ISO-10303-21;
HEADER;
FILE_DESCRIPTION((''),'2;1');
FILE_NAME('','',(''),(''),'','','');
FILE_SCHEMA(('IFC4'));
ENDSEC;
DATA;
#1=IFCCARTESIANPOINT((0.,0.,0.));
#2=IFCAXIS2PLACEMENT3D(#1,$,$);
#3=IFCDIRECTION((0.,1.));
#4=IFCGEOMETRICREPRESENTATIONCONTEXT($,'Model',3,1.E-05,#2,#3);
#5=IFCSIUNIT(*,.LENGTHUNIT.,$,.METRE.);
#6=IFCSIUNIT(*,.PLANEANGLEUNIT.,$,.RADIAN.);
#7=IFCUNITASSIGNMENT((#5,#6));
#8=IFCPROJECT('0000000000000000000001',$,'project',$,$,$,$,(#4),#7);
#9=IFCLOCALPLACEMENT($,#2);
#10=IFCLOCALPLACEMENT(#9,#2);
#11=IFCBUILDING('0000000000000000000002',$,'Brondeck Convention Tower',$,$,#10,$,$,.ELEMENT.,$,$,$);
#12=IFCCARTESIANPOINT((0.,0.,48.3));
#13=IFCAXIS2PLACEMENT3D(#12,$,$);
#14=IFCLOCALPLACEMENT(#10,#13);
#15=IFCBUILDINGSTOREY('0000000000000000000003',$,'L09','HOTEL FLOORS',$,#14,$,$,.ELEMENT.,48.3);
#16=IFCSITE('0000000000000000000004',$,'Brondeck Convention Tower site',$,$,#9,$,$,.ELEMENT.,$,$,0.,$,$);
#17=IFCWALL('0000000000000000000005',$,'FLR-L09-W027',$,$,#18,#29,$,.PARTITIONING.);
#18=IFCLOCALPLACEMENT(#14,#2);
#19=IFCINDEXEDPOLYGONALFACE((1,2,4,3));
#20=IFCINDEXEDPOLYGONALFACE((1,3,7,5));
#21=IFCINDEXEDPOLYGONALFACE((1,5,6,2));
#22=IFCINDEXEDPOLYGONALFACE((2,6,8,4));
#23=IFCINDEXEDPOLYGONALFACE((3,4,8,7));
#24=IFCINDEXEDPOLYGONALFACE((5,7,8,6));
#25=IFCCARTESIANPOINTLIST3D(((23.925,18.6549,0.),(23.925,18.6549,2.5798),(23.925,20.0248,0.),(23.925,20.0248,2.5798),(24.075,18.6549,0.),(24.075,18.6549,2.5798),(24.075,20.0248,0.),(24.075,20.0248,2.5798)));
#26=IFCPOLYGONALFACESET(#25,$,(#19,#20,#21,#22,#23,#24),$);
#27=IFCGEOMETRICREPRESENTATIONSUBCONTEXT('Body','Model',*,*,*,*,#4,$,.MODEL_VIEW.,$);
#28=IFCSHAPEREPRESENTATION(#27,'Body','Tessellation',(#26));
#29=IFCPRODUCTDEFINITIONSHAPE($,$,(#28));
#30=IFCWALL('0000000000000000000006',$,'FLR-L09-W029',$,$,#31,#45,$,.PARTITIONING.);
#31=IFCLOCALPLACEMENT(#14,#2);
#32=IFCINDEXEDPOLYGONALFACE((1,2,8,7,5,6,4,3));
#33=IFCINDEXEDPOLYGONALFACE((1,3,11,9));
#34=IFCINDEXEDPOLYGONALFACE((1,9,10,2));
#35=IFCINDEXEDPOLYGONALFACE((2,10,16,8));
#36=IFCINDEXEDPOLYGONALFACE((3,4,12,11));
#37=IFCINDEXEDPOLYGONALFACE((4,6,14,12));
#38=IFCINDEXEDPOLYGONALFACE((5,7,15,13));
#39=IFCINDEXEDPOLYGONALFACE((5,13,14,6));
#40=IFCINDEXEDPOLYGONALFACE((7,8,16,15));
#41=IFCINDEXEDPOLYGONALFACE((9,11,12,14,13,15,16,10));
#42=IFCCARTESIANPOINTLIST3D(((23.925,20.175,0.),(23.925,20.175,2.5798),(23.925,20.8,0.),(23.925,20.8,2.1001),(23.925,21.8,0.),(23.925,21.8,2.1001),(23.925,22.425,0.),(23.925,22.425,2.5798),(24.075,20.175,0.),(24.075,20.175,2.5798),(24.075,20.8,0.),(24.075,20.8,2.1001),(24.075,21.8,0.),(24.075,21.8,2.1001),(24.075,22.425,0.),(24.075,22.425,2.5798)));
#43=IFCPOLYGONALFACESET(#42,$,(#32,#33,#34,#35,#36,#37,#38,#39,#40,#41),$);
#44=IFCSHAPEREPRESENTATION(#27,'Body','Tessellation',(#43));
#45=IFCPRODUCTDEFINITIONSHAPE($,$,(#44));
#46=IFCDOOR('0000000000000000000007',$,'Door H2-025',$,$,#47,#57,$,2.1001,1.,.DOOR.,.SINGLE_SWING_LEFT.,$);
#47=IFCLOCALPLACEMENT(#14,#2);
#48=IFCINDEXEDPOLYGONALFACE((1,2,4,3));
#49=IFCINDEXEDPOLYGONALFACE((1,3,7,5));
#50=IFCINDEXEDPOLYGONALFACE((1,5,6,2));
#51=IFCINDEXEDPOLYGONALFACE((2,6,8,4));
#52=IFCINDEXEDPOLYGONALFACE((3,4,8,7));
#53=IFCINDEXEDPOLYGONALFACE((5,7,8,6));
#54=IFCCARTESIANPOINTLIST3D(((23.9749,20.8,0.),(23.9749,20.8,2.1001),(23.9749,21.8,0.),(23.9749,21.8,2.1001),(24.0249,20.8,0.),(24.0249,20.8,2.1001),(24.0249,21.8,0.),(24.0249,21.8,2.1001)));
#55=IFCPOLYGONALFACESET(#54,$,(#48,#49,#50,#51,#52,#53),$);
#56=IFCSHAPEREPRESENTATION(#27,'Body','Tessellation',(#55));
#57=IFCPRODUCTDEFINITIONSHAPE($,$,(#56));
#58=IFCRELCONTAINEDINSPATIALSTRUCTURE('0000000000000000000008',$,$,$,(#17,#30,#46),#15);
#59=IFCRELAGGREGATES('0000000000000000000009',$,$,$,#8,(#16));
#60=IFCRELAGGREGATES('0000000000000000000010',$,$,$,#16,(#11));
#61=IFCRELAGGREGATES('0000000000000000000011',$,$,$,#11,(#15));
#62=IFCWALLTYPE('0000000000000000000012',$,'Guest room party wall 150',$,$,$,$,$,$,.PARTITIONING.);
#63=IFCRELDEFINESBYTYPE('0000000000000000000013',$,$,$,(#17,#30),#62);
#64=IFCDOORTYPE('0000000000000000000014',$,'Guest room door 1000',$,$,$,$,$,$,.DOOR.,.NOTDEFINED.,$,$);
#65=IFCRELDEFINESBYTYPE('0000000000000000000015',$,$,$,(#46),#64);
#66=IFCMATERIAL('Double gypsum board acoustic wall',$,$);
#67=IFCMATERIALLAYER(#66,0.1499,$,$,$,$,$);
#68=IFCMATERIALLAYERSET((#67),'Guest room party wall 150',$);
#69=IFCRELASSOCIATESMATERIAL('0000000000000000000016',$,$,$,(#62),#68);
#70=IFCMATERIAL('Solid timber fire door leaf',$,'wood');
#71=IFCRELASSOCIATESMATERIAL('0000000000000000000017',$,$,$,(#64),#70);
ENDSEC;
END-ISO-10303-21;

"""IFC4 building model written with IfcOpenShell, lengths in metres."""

from ifc_helpers import new_model, si_unit, direction, frame, frame_2d, origin, place, context, subcontext, project, spatial, rectangle, extrude, material, layer, layer_set, type_object, element, fill, save


model = new_model("IFC4")

# Units and contexts
model_context = context("Model", 3, precision=1e-05, world=origin(), true_north=direction((0.0, 1.0)))
body_context = subcontext(model_context, "Body", "Model", "MODEL_VIEW")
ifc_project = project(units=[si_unit("LENGTHUNIT", "METRE"), si_unit("PLANEANGLEUNIT", "RADIAN")], contexts=[model_context])

# Site, building, storey
site_placement = place(None, origin())
site = spatial("IfcSite", under=ifc_project, at=site_placement, Name="Brondeck Convention Tower site", CompositionType="ELEMENT", RefElevation=0.0)
building_placement = place(site_placement, origin())
building = spatial("IfcBuilding", under=site, at=building_placement, Name="Brondeck Convention Tower", CompositionType="ELEMENT")
storey_placement = place(building_placement, frame((0.0, 0.0, 48.3)))
storey = spatial("IfcBuildingStorey", under=building, at=storey_placement, Name="L09", Description="HOTEL FLOORS", CompositionType="ELEMENT", Elevation=48.3)

# Shared definitions
ifc_material_1 = material(Name="Double gypsum board acoustic wall")
ifc_layer_1 = layer(ifc_material_1, 0.1499)
ifc_layer_set_1 = layer_set([ifc_layer_1], Name="Guest room party wall 150")
wall_type_1 = type_object("IfcWallType", Name="Guest room party wall 150", PredefinedType="PARTITIONING", material=ifc_layer_set_1)
ifc_material_2 = material(Name="Solid timber fire door leaf", Category="wood")
door_type_1 = type_object("IfcDoorType", Name="Guest room door 1000", OperationType="NOTDEFINED", PredefinedType="DOOR", material=ifc_material_2)

# Wall
wall_1_placement = place(storey_placement, frame((24.0, 20.0249, 0.0), z_axis=(0.0, 0.0, 1.0), x_axis=(0.0, -1.0, 0.0)))
element("IfcWall", 1, at=wall_1_placement, inside=storey, type_object=wall_type_1, Name="FLR-L09-W027", PredefinedType="PARTITIONING", context=body_context, shape_type="SweptSolid", body=[
    extrude(rectangle(XDim=1.3699, YDim=0.1499, at=frame_2d((0.6851, 0.0))), origin(), (0.0, 0.0, 1.0), 2.5798),
])

# Wall, opening, door
wall_2_placement = place(storey_placement, frame((24.0, 22.425, 0.0), z_axis=(0.0, 0.0, 1.0), x_axis=(0.0, -1.0, 0.0)))
wall_2 = element("IfcWall", 2, at=wall_2_placement, inside=storey, type_object=wall_type_1, Name="FLR-L09-W029", PredefinedType="PARTITIONING", context=body_context, shape_type="SweptSolid", body=[
    extrude(rectangle(XDim=2.25, YDim=0.1499, at=frame_2d((1.125, 0.0))), origin(), (0.0, 0.0, 1.0), 2.5798),
])
opening_1_placement = place(wall_2_placement, frame((0.625, 0.0, 0.0)))
opening_1 = element("IfcOpeningElement", 3, at=opening_1_placement, cuts=wall_2, PredefinedType="OPENING", context=body_context, shape_type="SweptSolid", body=[
    extrude(rectangle(XDim=1.0, YDim=2.1001, at=frame_2d((0.5, 1.05))), frame((0.0, 0.085, 0.0), z_axis=(0.0, -1.0, 0.0), x_axis=(1.0, 0.0, 0.0)), (0.0, 0.0, 1.0), 0.1699),
])
door_1_placement = place(opening_1_placement, origin())
door_1 = element("IfcDoor", 4, at=door_1_placement, inside=storey, type_object=door_type_1, Name="Door H2-025", OperationType="SINGLE_SWING_LEFT", OverallHeight=2.1001, OverallWidth=1.0, PredefinedType="DOOR", context=body_context, shape_type="SweptSolid", body=[
    extrude(rectangle(XDim=1.0, YDim=2.1001, at=frame_2d((0.5, 1.05))), frame((0.0, 0.0249, 0.0), z_axis=(0.0, -1.0, 0.0), x_axis=(1.0, 0.0, 0.0)), (0.0, 0.0, 1.0), 0.05),
])
fill(opening_1, door_1)

save(model, "model.ifc")
